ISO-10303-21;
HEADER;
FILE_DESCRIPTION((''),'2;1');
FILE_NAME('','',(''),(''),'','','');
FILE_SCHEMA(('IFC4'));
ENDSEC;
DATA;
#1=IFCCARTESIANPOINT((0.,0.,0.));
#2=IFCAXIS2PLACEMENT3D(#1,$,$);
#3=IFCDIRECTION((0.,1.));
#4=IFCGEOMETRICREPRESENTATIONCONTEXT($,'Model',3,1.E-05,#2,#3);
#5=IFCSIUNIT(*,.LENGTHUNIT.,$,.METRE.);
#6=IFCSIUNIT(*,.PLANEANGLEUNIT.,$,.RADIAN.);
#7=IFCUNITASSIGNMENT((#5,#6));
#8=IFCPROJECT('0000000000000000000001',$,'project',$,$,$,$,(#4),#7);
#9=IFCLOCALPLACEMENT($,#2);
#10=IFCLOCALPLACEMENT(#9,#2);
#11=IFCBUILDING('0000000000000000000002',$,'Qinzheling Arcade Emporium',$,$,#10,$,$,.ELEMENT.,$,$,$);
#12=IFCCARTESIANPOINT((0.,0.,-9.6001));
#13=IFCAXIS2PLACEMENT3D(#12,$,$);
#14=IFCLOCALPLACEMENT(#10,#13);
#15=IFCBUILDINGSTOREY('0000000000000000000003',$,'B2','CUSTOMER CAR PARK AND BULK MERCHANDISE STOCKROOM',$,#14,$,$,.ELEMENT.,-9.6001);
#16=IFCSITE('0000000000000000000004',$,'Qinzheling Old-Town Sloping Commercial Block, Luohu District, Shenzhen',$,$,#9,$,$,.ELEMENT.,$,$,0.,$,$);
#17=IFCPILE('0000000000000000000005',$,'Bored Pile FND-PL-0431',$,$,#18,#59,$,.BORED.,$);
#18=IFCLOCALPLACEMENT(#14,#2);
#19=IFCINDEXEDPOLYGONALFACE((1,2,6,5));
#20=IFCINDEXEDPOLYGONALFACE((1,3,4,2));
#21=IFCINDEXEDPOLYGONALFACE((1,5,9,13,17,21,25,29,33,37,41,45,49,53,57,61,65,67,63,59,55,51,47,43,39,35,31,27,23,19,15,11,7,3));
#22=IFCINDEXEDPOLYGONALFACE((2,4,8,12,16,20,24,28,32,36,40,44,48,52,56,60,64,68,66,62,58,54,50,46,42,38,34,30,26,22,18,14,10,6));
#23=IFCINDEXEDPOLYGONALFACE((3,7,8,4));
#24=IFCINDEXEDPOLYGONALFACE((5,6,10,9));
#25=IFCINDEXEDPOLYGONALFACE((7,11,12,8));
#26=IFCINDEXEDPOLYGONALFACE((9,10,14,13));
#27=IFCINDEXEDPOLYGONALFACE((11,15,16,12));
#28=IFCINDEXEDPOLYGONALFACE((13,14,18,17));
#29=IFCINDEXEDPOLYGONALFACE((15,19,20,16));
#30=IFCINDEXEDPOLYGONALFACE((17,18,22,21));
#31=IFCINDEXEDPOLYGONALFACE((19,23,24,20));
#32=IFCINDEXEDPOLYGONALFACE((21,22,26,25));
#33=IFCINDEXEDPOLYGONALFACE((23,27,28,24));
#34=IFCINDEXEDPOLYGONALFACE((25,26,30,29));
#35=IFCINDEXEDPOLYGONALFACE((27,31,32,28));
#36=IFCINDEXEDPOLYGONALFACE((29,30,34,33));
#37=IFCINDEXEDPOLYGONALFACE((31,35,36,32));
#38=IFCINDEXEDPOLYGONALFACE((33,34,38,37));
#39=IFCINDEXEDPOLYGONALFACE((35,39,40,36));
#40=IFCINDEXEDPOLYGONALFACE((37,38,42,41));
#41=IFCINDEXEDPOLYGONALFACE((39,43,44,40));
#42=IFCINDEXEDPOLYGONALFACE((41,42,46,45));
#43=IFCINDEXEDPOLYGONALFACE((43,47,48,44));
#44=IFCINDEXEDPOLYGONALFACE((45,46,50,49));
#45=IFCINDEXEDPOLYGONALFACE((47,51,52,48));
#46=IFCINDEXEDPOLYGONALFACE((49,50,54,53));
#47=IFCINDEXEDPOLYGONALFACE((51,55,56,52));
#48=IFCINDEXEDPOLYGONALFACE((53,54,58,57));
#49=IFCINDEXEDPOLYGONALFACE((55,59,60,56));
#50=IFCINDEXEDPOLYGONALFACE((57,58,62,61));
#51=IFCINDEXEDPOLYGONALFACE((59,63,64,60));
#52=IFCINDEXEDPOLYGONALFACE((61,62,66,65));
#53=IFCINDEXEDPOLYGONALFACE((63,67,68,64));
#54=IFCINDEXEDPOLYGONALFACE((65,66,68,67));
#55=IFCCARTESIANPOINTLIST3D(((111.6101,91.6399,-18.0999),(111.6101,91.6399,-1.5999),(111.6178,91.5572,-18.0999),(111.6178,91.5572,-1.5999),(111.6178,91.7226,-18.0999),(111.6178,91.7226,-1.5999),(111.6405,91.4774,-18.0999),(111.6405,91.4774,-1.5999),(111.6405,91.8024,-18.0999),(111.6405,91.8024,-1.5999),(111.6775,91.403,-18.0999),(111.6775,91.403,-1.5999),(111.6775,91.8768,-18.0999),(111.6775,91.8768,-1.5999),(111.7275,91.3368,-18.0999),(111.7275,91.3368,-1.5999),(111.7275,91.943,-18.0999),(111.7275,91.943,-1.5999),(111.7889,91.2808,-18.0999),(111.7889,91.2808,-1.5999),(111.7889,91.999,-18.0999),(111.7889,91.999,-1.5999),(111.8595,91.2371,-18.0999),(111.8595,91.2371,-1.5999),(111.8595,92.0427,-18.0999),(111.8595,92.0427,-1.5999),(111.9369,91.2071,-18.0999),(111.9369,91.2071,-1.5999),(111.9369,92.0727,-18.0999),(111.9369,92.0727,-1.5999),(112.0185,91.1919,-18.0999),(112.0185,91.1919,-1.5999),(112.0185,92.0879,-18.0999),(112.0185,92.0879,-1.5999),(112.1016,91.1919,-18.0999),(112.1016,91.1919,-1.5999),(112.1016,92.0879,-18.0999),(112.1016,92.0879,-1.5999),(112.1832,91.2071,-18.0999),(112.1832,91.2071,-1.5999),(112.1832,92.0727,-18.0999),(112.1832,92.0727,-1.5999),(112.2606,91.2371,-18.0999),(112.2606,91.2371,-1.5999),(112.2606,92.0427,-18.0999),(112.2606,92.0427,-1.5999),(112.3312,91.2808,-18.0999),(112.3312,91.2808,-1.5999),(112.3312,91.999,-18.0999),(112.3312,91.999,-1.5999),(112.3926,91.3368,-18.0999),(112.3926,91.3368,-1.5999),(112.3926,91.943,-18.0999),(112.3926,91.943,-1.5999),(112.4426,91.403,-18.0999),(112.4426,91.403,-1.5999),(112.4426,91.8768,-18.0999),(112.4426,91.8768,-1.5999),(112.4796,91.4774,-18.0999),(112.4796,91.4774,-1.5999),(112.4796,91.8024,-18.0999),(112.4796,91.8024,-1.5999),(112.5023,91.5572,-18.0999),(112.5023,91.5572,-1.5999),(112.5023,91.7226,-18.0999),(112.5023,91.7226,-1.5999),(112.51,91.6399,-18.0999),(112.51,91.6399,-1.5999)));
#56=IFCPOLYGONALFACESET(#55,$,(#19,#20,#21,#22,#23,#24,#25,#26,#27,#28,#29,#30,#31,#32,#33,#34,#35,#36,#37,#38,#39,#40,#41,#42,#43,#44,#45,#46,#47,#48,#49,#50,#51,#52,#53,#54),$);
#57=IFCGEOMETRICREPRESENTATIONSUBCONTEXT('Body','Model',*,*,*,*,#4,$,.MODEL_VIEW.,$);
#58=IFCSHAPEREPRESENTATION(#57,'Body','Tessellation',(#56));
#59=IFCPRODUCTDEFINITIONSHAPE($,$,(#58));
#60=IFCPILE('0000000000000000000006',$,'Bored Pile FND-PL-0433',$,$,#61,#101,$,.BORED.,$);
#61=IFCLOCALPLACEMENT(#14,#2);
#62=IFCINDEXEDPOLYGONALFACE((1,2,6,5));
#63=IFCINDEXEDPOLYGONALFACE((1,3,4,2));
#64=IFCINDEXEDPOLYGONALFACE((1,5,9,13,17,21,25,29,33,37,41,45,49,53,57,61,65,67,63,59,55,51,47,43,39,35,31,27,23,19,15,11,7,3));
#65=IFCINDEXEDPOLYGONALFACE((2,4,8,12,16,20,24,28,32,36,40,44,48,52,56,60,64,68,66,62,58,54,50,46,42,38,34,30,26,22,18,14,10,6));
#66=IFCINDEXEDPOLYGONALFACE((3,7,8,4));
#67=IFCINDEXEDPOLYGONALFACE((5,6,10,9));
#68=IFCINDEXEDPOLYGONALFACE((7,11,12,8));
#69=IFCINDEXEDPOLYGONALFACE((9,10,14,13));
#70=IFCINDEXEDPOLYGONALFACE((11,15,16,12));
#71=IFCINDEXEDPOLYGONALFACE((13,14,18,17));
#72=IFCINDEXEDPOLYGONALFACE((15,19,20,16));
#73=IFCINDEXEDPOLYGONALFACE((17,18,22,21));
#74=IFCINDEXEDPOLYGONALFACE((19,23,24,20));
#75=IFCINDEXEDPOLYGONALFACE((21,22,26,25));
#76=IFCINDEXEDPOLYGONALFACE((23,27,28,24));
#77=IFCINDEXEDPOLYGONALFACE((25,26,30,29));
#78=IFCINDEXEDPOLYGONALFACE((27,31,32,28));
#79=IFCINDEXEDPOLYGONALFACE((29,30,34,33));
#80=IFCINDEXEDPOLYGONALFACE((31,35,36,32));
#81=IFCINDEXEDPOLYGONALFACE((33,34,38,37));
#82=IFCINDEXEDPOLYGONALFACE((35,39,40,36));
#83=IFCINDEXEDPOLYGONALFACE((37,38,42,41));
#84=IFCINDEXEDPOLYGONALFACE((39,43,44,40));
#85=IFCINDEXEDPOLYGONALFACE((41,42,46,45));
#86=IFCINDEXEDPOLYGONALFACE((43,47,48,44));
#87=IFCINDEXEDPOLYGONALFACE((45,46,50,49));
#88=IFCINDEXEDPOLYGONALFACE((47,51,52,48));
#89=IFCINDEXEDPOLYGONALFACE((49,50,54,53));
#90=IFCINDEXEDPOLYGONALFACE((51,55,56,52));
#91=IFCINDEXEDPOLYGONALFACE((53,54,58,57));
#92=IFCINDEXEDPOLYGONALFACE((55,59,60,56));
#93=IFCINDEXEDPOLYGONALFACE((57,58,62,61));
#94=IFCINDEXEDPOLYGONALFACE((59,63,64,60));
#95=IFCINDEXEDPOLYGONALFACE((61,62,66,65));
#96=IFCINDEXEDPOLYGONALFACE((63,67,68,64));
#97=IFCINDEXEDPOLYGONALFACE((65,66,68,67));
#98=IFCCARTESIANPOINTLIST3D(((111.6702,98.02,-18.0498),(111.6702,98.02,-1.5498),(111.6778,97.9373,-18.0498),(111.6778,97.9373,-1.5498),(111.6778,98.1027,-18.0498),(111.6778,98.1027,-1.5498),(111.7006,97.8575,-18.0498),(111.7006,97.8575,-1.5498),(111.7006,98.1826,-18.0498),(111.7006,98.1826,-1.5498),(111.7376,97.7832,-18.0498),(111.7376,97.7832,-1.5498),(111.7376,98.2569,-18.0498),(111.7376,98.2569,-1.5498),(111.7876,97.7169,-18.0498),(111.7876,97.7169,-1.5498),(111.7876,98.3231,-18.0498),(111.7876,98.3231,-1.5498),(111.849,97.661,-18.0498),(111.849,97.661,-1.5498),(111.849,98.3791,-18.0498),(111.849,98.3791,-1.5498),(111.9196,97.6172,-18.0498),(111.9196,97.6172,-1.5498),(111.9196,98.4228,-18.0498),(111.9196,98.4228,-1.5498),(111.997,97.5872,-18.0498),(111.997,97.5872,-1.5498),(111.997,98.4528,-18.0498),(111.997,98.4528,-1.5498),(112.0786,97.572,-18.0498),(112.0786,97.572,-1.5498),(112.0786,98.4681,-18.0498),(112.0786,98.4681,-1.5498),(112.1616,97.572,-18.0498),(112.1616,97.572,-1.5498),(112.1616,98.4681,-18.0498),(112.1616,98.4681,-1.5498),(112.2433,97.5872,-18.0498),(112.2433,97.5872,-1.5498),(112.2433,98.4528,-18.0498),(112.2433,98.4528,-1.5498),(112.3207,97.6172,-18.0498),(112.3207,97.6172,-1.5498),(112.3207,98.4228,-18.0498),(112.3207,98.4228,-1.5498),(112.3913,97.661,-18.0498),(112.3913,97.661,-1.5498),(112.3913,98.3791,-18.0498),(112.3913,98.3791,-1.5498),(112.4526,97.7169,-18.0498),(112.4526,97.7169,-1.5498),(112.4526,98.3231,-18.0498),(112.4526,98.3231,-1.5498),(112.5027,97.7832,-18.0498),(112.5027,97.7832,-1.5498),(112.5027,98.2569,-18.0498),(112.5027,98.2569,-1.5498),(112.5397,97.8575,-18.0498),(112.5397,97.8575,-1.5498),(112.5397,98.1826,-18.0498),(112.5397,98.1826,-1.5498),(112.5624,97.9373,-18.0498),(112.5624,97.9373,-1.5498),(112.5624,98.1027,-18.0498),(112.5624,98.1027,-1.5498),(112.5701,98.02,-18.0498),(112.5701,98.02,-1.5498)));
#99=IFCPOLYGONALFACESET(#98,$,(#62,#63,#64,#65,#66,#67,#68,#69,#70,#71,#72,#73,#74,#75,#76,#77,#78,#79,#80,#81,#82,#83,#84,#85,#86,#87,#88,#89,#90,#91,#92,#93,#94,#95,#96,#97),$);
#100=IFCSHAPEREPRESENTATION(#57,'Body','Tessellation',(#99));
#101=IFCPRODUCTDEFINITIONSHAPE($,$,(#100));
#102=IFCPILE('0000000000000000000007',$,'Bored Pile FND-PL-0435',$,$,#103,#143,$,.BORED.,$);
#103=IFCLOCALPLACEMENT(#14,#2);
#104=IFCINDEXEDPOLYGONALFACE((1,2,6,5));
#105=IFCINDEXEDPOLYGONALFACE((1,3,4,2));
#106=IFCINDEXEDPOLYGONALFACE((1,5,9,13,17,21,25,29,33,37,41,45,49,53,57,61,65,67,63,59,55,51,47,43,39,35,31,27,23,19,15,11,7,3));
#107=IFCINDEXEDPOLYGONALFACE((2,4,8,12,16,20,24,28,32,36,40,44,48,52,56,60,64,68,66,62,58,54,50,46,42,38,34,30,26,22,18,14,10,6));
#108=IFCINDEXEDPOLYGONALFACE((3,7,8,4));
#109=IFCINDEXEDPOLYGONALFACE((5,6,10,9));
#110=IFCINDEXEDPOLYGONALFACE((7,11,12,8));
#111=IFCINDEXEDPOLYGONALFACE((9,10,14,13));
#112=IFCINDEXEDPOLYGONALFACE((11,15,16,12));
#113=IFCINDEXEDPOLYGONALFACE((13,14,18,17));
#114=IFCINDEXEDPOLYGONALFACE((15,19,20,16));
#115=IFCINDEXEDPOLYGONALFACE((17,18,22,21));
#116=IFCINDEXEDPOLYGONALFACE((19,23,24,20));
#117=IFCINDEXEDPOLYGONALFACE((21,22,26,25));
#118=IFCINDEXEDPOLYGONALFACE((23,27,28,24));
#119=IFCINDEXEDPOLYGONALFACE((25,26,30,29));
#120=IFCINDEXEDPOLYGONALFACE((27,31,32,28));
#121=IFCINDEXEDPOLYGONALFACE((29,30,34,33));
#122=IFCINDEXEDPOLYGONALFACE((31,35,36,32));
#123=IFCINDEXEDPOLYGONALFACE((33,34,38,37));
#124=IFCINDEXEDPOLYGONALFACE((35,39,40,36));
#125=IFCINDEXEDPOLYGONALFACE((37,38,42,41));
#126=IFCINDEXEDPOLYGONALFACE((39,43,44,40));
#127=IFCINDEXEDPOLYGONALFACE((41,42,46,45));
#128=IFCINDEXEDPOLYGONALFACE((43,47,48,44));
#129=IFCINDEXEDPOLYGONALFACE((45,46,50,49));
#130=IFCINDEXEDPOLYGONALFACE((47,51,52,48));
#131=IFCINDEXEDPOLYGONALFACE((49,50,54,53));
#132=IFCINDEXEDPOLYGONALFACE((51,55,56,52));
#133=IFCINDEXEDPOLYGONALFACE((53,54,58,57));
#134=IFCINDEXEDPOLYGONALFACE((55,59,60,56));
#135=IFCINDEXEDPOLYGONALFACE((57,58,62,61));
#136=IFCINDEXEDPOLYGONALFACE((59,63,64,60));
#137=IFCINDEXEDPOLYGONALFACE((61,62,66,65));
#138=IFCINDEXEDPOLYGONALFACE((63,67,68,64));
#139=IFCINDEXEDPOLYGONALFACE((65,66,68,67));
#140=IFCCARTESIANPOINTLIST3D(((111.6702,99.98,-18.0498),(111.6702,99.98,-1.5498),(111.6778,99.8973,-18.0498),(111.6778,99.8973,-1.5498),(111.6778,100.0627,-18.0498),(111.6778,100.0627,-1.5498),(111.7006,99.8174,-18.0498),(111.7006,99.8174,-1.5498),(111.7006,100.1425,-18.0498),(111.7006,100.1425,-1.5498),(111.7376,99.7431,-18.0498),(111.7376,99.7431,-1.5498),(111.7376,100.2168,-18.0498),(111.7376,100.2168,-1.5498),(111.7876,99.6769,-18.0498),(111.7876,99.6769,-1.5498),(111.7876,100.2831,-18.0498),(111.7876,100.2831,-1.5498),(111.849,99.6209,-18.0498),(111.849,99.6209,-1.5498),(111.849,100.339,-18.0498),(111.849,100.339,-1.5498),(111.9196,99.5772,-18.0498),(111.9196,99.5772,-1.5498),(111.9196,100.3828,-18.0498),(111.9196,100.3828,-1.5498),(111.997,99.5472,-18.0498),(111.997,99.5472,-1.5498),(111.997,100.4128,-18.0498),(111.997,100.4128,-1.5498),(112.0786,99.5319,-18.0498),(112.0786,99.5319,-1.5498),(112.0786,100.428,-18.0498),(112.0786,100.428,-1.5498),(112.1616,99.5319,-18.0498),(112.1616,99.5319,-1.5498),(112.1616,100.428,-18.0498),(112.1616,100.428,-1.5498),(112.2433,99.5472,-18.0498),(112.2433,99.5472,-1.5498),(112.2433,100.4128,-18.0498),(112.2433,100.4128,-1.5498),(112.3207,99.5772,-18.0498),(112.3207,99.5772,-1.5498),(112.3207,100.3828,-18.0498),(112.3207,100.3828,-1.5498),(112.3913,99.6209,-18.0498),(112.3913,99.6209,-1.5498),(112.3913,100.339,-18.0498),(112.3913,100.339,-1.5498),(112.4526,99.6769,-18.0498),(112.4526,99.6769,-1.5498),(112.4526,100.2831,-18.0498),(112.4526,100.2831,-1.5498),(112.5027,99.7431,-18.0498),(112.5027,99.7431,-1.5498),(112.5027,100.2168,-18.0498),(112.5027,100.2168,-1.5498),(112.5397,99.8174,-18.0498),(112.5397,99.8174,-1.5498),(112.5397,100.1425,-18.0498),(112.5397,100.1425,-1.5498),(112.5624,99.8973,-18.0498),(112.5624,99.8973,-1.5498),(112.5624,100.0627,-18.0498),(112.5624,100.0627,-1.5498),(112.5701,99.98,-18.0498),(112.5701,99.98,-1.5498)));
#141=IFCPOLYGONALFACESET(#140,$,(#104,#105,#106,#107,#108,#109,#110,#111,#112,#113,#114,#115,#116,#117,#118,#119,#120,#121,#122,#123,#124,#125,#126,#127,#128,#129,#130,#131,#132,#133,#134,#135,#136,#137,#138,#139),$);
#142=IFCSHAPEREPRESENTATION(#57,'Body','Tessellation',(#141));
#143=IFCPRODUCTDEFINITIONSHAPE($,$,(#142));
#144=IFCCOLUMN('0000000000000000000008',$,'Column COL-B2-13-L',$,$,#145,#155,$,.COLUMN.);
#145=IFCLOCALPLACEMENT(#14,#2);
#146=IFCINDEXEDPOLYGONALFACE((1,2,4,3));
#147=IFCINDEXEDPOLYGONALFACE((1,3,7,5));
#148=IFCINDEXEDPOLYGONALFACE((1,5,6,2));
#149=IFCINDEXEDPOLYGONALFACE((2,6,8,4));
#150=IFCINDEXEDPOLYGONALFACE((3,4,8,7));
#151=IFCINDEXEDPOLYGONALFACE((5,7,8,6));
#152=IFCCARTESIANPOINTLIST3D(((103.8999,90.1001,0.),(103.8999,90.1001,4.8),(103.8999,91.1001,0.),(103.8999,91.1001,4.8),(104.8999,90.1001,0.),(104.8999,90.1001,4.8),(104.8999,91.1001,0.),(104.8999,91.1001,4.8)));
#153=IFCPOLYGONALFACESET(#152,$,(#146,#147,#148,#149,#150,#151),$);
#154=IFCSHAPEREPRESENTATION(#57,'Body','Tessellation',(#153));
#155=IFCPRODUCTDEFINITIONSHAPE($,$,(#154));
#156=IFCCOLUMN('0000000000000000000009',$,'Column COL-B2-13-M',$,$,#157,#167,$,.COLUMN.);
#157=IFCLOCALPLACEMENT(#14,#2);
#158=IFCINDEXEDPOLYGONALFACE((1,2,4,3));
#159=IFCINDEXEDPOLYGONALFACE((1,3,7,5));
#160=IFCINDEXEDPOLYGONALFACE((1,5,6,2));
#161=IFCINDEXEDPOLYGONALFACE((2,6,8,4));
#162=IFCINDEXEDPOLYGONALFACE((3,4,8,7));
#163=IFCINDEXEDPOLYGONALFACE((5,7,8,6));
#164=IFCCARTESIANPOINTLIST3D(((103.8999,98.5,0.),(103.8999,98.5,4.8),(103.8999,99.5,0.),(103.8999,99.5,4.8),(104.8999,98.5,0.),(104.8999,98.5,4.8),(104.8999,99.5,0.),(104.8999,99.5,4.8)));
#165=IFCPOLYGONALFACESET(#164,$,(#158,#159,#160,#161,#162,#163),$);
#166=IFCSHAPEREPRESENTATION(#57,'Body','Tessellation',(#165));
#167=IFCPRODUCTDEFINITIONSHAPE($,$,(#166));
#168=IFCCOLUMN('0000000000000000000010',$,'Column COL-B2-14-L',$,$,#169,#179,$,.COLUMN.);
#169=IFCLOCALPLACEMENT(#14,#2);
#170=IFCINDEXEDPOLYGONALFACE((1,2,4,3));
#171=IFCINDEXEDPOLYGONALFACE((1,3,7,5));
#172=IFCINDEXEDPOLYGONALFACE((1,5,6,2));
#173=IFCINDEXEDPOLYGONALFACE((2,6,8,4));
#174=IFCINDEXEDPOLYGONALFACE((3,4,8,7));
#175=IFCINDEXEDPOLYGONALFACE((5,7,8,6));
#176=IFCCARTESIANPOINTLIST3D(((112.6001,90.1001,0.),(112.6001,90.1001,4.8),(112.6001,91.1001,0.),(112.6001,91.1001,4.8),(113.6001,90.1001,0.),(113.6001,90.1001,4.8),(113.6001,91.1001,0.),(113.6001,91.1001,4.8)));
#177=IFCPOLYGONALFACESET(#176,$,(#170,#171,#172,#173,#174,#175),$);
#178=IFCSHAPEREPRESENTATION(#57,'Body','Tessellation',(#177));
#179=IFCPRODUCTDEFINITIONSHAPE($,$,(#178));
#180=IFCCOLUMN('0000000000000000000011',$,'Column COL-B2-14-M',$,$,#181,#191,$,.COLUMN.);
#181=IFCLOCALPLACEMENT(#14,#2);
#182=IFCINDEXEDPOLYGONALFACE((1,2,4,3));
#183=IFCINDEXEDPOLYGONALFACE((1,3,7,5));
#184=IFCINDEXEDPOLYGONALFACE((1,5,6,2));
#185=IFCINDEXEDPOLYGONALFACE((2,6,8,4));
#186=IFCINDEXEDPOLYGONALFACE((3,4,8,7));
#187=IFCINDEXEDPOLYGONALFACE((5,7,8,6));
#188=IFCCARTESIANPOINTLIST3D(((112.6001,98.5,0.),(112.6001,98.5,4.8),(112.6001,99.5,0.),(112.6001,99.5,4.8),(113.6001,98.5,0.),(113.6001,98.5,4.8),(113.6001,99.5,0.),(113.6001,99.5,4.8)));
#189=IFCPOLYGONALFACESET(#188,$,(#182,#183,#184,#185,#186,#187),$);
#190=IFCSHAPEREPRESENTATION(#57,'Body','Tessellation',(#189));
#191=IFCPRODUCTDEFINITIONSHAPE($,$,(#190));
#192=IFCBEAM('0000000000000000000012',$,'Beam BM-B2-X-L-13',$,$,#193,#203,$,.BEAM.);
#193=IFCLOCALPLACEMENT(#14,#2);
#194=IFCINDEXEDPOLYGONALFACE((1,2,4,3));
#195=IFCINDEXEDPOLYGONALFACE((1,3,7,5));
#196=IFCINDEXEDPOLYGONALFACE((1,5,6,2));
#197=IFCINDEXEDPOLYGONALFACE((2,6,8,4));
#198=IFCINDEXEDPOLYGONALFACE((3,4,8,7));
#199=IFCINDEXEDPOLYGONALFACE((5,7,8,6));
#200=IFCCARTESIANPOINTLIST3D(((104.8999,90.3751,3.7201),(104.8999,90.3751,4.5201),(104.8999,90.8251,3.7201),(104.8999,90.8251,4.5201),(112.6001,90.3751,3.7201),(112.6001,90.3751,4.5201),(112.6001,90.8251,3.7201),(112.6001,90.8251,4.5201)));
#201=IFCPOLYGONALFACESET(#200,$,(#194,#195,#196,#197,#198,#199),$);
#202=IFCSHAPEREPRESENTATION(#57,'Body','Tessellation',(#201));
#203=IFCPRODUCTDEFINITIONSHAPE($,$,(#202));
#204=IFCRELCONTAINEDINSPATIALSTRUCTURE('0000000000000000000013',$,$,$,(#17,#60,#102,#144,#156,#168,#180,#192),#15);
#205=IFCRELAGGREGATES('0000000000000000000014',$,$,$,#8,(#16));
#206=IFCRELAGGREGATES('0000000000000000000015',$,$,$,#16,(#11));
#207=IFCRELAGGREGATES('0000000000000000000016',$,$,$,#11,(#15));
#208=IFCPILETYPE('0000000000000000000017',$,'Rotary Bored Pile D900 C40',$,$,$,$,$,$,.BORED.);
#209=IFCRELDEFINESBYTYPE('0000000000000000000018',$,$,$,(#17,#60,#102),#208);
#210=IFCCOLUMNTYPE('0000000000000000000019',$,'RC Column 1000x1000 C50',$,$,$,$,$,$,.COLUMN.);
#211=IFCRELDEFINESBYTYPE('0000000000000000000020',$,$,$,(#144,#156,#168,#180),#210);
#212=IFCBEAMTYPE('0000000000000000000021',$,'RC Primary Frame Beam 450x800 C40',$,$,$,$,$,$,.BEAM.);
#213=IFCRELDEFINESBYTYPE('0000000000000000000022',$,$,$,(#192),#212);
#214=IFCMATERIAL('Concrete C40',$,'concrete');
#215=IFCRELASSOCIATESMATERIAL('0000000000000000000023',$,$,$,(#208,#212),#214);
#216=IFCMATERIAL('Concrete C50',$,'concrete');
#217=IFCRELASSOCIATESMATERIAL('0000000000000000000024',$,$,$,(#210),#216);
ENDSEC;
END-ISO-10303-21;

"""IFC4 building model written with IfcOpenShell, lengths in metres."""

from ifc_helpers import new_model, si_unit, direction, frame, origin, origin_2d, place, context, subcontext, project, spatial, rectangle, circle, extrude, material, material_profile, profile_set, type_object, element, save


model = new_model("IFC4")

# Units and contexts
model_context = context("Model", 3, precision=1e-05, world=origin(), true_north=direction((0.0, 1.0)))
body_context = subcontext(model_context, "Body", "Model", "MODEL_VIEW")
ifc_project = project(units=[si_unit("LENGTHUNIT", "METRE"), si_unit("PLANEANGLEUNIT", "RADIAN")], contexts=[model_context])

# Site, building, storey
site_placement = place(None, origin())
site = spatial("IfcSite", under=ifc_project, at=site_placement, Name="Qinzheling Old-Town Sloping Commercial Block, Luohu District, Shenzhen", CompositionType="ELEMENT", RefElevation=0.0)
building_placement = place(site_placement, origin())
building = spatial("IfcBuilding", under=site, at=building_placement, Name="Qinzheling Arcade Emporium", CompositionType="ELEMENT")
storey_placement = place(building_placement, frame((0.0, 0.0, -9.6001)))
storey = spatial("IfcBuildingStorey", under=building, at=storey_placement, Name="B2", Description="CUSTOMER CAR PARK AND BULK MERCHANDISE STOCKROOM", CompositionType="ELEMENT", Elevation=-9.6001)

# Shared definitions
ifc_material_1 = material(Name="Concrete C40", Category="concrete")

# Piles
ifc_material_profile_1 = material_profile(ifc_material_1, circle(Radius=0.45, at=origin_2d()), Name="BORED D900", Category="concrete")
ifc_profile_set_1 = profile_set([ifc_material_profile_1], Name="Concrete C40")
pile_type = type_object("IfcPileType", Name="Rotary Bored Pile D900 C40", PredefinedType="BORED", material=ifc_profile_set_1)
for number, where, z_axis, x_axis, name in (
    (1, (112.0601, 91.6399, -1.5999), (0.0, 0.0, -1.0), (1.0, 0.0, 0.0), "Bored Pile FND-PL-0431"),
    (2, (112.1201, 98.02, -1.5498), (0.0, 0.0, -1.0), (1.0, 0.0, 0.0), "Bored Pile FND-PL-0433"),
    (3, (112.1201, 99.98, -1.5498), (0.0, 0.0, -1.0), (1.0, 0.0, 0.0), "Bored Pile FND-PL-0435"),
):
    element("IfcPile", number, at=place(storey_placement, frame(where, z_axis=z_axis, x_axis=x_axis)), inside=storey, type_object=pile_type, Name=name, PredefinedType="BORED", context=body_context, shape_type="SweptSolid", body=[
        extrude(circle(Radius=0.45, at=origin_2d()), origin(), (0.0, 0.0, 1.0), 16.5),
    ])

# Columns
ifc_material_2 = material(Name="Concrete C50", Category="concrete")
ifc_material_profile_2 = material_profile(ifc_material_2, rectangle(XDim=1.0, YDim=1.0, at=origin_2d()), Name="RC 1000x1000", Category="concrete")
ifc_profile_set_2 = profile_set([ifc_material_profile_2], Name="Concrete C50")
column_type = type_object("IfcColumnType", Name="RC Column 1000x1000 C50", PredefinedType="COLUMN", material=ifc_profile_set_2)
for number, where, z_axis, x_axis, name in (
    (4, (104.3999, 90.6001, 0.0), (0.0, 0.0, 1.0), (1.0, 0.0, 0.0), "Column COL-B2-13-L"),
    (5, (104.3999, 99.0, 0.0), (0.0, 0.0, 1.0), (1.0, 0.0, 0.0), "Column COL-B2-13-M"),
    (6, (113.1001, 90.6001, 0.0), (0.0, 0.0, 1.0), (1.0, 0.0, 0.0), "Column COL-B2-14-L"),
    (7, (113.1001, 99.0, 0.0), (0.0, 0.0, 1.0), (1.0, 0.0, 0.0), "Column COL-B2-14-M"),
):
    element("IfcColumn", number, at=place(storey_placement, frame(where, z_axis=z_axis, x_axis=x_axis)), inside=storey, type_object=column_type, Name=name, PredefinedType="COLUMN", context=body_context, shape_type="SweptSolid", body=[
        extrude(rectangle(XDim=1.0, YDim=1.0, at=origin_2d()), origin(), (0.0, 0.0, 1.0), 4.8),
    ])

# Beam
ifc_material_profile_3 = material_profile(ifc_material_1, rectangle(XDim=0.45, YDim=0.8, at=origin_2d()), Name="RC 450x800", Category="concrete")
ifc_profile_set_3 = profile_set([ifc_material_profile_3], Name="Concrete C40")
beam_type = type_object("IfcBeamType", Name="RC Primary Frame Beam 450x800 C40", PredefinedType="BEAM", material=ifc_profile_set_3)
beam_1_placement = place(storey_placement, frame((104.8999, 90.6001, 4.1201), z_axis=(1.0, 0.0, 0.0), x_axis=(0.0, 1.0, 0.0)))
element("IfcBeam", 8, at=beam_1_placement, inside=storey, type_object=beam_type, Name="Beam BM-B2-X-L-13", PredefinedType="BEAM", context=body_context, shape_type="SweptSolid", body=[
    extrude(rectangle(XDim=0.45, YDim=0.8, at=origin_2d()), origin(), (0.0, 0.0, 1.0), 7.7002),
])

save(model, "model.ifc")
